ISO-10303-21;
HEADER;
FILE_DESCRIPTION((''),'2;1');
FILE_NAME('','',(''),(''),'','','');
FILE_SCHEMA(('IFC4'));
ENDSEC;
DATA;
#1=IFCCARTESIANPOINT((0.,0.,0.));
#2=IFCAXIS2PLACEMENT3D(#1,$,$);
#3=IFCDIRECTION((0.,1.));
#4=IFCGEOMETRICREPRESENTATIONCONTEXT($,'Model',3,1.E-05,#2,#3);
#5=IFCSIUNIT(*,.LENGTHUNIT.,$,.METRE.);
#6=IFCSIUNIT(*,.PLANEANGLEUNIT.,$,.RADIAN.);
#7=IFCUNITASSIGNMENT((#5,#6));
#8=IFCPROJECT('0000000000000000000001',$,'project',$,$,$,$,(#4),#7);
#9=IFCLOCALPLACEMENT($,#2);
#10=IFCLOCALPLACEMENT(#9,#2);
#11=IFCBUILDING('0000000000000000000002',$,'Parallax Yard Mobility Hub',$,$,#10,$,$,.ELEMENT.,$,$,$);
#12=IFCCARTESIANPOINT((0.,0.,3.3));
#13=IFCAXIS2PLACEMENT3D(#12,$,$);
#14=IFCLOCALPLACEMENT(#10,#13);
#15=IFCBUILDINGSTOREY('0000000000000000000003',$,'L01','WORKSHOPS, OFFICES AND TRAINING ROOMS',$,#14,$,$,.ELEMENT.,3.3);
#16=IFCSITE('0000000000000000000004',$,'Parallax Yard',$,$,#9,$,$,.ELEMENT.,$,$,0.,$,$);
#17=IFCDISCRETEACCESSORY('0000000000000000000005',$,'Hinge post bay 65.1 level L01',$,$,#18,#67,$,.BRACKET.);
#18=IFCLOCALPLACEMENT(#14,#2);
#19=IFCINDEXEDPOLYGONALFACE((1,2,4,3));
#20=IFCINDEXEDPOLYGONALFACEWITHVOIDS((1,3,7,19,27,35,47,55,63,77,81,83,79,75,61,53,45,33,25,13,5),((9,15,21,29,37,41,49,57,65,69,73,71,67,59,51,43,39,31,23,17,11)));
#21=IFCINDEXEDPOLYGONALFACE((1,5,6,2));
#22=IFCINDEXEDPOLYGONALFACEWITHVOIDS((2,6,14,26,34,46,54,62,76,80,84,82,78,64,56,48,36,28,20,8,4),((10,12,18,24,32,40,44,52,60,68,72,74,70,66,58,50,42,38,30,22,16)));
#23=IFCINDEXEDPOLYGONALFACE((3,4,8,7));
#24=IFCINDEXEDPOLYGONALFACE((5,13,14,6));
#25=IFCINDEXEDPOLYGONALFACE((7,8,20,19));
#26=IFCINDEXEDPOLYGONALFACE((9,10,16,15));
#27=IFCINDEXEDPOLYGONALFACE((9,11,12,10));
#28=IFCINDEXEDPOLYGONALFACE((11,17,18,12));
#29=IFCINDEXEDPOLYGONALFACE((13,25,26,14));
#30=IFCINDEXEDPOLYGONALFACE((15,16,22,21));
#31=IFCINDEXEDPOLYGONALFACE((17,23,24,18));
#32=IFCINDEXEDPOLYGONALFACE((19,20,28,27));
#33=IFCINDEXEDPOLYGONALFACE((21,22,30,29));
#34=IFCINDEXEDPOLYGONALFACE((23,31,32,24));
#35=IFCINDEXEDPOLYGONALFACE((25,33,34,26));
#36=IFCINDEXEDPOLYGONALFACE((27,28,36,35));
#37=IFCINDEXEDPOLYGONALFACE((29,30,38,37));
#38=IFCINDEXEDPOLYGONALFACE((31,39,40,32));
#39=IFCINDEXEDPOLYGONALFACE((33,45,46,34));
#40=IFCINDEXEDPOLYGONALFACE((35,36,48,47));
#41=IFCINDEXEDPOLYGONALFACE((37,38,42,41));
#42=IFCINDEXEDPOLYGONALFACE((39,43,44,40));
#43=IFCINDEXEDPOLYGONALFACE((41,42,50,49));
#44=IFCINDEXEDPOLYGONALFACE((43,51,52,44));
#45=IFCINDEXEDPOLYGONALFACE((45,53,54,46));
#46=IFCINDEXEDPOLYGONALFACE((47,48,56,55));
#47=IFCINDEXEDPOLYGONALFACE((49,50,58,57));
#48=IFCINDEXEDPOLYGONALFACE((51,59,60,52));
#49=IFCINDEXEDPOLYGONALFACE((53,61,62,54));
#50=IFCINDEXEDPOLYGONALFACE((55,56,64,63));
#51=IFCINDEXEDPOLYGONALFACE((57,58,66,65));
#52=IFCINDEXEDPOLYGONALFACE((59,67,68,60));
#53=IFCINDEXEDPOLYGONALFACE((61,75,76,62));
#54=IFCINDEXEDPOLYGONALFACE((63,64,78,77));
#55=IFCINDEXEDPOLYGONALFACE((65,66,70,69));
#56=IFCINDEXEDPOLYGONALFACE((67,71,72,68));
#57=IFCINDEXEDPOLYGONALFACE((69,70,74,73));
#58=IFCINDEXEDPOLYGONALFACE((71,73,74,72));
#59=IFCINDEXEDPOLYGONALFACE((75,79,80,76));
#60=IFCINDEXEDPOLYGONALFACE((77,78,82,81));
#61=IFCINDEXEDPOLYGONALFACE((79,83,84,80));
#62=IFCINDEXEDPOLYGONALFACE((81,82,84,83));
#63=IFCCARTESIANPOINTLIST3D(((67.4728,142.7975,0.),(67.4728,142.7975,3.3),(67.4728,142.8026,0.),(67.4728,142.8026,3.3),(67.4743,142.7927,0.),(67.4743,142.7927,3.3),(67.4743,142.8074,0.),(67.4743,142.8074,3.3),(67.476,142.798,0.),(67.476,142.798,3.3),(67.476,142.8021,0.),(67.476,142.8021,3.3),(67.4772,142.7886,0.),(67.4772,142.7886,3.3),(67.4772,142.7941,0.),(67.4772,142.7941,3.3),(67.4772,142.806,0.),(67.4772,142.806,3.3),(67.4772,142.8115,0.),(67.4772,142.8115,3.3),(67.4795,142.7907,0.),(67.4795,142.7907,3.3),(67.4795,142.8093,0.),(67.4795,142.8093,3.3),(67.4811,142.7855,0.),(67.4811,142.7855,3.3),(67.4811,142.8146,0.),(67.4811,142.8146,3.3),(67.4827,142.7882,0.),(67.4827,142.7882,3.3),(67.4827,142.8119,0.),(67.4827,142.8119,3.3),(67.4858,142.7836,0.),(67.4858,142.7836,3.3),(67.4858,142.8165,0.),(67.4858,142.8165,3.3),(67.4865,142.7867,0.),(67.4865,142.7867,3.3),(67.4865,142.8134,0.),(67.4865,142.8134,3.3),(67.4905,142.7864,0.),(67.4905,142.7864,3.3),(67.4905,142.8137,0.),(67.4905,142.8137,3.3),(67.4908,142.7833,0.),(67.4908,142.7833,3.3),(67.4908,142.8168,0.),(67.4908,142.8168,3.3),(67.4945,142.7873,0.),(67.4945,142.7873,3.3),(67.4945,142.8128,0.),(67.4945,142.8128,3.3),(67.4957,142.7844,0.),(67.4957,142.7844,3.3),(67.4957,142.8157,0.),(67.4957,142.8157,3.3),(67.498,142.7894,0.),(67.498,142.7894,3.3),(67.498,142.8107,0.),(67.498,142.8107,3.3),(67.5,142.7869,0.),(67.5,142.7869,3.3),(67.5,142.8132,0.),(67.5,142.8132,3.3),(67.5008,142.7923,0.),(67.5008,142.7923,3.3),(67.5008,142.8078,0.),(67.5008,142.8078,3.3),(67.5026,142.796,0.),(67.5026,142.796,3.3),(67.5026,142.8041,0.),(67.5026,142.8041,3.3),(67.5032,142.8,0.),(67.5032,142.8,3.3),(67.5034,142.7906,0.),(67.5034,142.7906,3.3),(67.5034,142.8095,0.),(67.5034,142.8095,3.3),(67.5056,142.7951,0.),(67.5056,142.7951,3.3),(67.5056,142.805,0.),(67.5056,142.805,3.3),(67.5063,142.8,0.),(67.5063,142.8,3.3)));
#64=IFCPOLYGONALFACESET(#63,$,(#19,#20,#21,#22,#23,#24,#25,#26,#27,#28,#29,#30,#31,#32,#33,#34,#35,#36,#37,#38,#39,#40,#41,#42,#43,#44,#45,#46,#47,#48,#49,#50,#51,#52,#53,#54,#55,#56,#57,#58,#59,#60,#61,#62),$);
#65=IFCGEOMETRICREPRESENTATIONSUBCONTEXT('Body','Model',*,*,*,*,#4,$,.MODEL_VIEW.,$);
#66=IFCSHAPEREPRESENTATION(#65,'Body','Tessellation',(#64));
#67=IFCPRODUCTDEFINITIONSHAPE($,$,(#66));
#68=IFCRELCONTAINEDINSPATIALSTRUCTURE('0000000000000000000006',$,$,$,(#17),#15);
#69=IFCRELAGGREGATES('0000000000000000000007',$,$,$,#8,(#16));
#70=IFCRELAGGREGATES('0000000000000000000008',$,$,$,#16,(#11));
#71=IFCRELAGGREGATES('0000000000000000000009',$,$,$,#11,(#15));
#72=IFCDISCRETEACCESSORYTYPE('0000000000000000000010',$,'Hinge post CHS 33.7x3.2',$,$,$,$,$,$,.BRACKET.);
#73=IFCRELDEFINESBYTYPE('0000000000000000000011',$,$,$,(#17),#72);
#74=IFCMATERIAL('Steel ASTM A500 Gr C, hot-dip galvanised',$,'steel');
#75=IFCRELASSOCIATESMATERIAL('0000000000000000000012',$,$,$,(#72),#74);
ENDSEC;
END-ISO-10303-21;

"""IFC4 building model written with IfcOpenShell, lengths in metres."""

from ifc_helpers import new_model, si_unit, direction, frame, origin, origin_2d, place, context, subcontext, project, spatial, hollow_circle, extrude, material, material_profile, profile_set, type_object, element, save


model = new_model("IFC4")

# Units and contexts
model_context = context("Model", 3, precision=1e-05, world=origin(), true_north=direction((0.0, 1.0)))
body_context = subcontext(model_context, "Body", "Model", "MODEL_VIEW")
ifc_project = project(units=[si_unit("LENGTHUNIT", "METRE"), si_unit("PLANEANGLEUNIT", "RADIAN")], contexts=[model_context])

# Site, building, storey
site_placement = place(None, origin())
site = spatial("IfcSite", under=ifc_project, at=site_placement, Name="Parallax Yard", CompositionType="ELEMENT", RefElevation=0.0)
building_placement = place(site_placement, origin())
building = spatial("IfcBuilding", under=site, at=building_placement, Name="Parallax Yard Mobility Hub", CompositionType="ELEMENT")
storey_placement = place(building_placement, frame((0.0, 0.0, 3.3)))
storey = spatial("IfcBuildingStorey", under=building, at=storey_placement, Name="L01", Description="WORKSHOPS, OFFICES AND TRAINING ROOMS", CompositionType="ELEMENT", Elevation=3.3)

# Discrete accessory
ifc_material_1 = material(Name="Steel ASTM A500 Gr C, hot-dip galvanised", Category="steel")
ifc_material_profile = material_profile(ifc_material_1, hollow_circle(Radius=0.0168, WallThickness=0.0032, at=origin_2d()), Name="CHS 33.7x3.2")
ifc_profile_set = profile_set([ifc_material_profile], Name="Steel ASTM A500 Gr C, hot-dip galvanised")
discrete_accessory_type_1 = type_object("IfcDiscreteAccessoryType", Name="Hinge post CHS 33.7x3.2", PredefinedType="BRACKET", material=ifc_profile_set)
for number, where, z_axis, x_axis, name in (
    (1, (67.4895, 142.8, 0.0), (0.0, 0.0, 1.0), (1.0, 0.0, 0.0), "Hinge post bay 65.1 level L01"),
):
    element("IfcDiscreteAccessory", number, at=place(storey_placement, frame(where, z_axis=z_axis, x_axis=x_axis)), inside=storey, type_object=discrete_accessory_type_1, Name=name, PredefinedType="BRACKET", context=body_context, shape_type="SweptSolid", body=[
        extrude(hollow_circle(Radius=0.0168, WallThickness=0.0032, at=origin_2d()), origin(), (0.0, 0.0, 1.0), 3.3),
    ])

save(model, "model.ifc")
